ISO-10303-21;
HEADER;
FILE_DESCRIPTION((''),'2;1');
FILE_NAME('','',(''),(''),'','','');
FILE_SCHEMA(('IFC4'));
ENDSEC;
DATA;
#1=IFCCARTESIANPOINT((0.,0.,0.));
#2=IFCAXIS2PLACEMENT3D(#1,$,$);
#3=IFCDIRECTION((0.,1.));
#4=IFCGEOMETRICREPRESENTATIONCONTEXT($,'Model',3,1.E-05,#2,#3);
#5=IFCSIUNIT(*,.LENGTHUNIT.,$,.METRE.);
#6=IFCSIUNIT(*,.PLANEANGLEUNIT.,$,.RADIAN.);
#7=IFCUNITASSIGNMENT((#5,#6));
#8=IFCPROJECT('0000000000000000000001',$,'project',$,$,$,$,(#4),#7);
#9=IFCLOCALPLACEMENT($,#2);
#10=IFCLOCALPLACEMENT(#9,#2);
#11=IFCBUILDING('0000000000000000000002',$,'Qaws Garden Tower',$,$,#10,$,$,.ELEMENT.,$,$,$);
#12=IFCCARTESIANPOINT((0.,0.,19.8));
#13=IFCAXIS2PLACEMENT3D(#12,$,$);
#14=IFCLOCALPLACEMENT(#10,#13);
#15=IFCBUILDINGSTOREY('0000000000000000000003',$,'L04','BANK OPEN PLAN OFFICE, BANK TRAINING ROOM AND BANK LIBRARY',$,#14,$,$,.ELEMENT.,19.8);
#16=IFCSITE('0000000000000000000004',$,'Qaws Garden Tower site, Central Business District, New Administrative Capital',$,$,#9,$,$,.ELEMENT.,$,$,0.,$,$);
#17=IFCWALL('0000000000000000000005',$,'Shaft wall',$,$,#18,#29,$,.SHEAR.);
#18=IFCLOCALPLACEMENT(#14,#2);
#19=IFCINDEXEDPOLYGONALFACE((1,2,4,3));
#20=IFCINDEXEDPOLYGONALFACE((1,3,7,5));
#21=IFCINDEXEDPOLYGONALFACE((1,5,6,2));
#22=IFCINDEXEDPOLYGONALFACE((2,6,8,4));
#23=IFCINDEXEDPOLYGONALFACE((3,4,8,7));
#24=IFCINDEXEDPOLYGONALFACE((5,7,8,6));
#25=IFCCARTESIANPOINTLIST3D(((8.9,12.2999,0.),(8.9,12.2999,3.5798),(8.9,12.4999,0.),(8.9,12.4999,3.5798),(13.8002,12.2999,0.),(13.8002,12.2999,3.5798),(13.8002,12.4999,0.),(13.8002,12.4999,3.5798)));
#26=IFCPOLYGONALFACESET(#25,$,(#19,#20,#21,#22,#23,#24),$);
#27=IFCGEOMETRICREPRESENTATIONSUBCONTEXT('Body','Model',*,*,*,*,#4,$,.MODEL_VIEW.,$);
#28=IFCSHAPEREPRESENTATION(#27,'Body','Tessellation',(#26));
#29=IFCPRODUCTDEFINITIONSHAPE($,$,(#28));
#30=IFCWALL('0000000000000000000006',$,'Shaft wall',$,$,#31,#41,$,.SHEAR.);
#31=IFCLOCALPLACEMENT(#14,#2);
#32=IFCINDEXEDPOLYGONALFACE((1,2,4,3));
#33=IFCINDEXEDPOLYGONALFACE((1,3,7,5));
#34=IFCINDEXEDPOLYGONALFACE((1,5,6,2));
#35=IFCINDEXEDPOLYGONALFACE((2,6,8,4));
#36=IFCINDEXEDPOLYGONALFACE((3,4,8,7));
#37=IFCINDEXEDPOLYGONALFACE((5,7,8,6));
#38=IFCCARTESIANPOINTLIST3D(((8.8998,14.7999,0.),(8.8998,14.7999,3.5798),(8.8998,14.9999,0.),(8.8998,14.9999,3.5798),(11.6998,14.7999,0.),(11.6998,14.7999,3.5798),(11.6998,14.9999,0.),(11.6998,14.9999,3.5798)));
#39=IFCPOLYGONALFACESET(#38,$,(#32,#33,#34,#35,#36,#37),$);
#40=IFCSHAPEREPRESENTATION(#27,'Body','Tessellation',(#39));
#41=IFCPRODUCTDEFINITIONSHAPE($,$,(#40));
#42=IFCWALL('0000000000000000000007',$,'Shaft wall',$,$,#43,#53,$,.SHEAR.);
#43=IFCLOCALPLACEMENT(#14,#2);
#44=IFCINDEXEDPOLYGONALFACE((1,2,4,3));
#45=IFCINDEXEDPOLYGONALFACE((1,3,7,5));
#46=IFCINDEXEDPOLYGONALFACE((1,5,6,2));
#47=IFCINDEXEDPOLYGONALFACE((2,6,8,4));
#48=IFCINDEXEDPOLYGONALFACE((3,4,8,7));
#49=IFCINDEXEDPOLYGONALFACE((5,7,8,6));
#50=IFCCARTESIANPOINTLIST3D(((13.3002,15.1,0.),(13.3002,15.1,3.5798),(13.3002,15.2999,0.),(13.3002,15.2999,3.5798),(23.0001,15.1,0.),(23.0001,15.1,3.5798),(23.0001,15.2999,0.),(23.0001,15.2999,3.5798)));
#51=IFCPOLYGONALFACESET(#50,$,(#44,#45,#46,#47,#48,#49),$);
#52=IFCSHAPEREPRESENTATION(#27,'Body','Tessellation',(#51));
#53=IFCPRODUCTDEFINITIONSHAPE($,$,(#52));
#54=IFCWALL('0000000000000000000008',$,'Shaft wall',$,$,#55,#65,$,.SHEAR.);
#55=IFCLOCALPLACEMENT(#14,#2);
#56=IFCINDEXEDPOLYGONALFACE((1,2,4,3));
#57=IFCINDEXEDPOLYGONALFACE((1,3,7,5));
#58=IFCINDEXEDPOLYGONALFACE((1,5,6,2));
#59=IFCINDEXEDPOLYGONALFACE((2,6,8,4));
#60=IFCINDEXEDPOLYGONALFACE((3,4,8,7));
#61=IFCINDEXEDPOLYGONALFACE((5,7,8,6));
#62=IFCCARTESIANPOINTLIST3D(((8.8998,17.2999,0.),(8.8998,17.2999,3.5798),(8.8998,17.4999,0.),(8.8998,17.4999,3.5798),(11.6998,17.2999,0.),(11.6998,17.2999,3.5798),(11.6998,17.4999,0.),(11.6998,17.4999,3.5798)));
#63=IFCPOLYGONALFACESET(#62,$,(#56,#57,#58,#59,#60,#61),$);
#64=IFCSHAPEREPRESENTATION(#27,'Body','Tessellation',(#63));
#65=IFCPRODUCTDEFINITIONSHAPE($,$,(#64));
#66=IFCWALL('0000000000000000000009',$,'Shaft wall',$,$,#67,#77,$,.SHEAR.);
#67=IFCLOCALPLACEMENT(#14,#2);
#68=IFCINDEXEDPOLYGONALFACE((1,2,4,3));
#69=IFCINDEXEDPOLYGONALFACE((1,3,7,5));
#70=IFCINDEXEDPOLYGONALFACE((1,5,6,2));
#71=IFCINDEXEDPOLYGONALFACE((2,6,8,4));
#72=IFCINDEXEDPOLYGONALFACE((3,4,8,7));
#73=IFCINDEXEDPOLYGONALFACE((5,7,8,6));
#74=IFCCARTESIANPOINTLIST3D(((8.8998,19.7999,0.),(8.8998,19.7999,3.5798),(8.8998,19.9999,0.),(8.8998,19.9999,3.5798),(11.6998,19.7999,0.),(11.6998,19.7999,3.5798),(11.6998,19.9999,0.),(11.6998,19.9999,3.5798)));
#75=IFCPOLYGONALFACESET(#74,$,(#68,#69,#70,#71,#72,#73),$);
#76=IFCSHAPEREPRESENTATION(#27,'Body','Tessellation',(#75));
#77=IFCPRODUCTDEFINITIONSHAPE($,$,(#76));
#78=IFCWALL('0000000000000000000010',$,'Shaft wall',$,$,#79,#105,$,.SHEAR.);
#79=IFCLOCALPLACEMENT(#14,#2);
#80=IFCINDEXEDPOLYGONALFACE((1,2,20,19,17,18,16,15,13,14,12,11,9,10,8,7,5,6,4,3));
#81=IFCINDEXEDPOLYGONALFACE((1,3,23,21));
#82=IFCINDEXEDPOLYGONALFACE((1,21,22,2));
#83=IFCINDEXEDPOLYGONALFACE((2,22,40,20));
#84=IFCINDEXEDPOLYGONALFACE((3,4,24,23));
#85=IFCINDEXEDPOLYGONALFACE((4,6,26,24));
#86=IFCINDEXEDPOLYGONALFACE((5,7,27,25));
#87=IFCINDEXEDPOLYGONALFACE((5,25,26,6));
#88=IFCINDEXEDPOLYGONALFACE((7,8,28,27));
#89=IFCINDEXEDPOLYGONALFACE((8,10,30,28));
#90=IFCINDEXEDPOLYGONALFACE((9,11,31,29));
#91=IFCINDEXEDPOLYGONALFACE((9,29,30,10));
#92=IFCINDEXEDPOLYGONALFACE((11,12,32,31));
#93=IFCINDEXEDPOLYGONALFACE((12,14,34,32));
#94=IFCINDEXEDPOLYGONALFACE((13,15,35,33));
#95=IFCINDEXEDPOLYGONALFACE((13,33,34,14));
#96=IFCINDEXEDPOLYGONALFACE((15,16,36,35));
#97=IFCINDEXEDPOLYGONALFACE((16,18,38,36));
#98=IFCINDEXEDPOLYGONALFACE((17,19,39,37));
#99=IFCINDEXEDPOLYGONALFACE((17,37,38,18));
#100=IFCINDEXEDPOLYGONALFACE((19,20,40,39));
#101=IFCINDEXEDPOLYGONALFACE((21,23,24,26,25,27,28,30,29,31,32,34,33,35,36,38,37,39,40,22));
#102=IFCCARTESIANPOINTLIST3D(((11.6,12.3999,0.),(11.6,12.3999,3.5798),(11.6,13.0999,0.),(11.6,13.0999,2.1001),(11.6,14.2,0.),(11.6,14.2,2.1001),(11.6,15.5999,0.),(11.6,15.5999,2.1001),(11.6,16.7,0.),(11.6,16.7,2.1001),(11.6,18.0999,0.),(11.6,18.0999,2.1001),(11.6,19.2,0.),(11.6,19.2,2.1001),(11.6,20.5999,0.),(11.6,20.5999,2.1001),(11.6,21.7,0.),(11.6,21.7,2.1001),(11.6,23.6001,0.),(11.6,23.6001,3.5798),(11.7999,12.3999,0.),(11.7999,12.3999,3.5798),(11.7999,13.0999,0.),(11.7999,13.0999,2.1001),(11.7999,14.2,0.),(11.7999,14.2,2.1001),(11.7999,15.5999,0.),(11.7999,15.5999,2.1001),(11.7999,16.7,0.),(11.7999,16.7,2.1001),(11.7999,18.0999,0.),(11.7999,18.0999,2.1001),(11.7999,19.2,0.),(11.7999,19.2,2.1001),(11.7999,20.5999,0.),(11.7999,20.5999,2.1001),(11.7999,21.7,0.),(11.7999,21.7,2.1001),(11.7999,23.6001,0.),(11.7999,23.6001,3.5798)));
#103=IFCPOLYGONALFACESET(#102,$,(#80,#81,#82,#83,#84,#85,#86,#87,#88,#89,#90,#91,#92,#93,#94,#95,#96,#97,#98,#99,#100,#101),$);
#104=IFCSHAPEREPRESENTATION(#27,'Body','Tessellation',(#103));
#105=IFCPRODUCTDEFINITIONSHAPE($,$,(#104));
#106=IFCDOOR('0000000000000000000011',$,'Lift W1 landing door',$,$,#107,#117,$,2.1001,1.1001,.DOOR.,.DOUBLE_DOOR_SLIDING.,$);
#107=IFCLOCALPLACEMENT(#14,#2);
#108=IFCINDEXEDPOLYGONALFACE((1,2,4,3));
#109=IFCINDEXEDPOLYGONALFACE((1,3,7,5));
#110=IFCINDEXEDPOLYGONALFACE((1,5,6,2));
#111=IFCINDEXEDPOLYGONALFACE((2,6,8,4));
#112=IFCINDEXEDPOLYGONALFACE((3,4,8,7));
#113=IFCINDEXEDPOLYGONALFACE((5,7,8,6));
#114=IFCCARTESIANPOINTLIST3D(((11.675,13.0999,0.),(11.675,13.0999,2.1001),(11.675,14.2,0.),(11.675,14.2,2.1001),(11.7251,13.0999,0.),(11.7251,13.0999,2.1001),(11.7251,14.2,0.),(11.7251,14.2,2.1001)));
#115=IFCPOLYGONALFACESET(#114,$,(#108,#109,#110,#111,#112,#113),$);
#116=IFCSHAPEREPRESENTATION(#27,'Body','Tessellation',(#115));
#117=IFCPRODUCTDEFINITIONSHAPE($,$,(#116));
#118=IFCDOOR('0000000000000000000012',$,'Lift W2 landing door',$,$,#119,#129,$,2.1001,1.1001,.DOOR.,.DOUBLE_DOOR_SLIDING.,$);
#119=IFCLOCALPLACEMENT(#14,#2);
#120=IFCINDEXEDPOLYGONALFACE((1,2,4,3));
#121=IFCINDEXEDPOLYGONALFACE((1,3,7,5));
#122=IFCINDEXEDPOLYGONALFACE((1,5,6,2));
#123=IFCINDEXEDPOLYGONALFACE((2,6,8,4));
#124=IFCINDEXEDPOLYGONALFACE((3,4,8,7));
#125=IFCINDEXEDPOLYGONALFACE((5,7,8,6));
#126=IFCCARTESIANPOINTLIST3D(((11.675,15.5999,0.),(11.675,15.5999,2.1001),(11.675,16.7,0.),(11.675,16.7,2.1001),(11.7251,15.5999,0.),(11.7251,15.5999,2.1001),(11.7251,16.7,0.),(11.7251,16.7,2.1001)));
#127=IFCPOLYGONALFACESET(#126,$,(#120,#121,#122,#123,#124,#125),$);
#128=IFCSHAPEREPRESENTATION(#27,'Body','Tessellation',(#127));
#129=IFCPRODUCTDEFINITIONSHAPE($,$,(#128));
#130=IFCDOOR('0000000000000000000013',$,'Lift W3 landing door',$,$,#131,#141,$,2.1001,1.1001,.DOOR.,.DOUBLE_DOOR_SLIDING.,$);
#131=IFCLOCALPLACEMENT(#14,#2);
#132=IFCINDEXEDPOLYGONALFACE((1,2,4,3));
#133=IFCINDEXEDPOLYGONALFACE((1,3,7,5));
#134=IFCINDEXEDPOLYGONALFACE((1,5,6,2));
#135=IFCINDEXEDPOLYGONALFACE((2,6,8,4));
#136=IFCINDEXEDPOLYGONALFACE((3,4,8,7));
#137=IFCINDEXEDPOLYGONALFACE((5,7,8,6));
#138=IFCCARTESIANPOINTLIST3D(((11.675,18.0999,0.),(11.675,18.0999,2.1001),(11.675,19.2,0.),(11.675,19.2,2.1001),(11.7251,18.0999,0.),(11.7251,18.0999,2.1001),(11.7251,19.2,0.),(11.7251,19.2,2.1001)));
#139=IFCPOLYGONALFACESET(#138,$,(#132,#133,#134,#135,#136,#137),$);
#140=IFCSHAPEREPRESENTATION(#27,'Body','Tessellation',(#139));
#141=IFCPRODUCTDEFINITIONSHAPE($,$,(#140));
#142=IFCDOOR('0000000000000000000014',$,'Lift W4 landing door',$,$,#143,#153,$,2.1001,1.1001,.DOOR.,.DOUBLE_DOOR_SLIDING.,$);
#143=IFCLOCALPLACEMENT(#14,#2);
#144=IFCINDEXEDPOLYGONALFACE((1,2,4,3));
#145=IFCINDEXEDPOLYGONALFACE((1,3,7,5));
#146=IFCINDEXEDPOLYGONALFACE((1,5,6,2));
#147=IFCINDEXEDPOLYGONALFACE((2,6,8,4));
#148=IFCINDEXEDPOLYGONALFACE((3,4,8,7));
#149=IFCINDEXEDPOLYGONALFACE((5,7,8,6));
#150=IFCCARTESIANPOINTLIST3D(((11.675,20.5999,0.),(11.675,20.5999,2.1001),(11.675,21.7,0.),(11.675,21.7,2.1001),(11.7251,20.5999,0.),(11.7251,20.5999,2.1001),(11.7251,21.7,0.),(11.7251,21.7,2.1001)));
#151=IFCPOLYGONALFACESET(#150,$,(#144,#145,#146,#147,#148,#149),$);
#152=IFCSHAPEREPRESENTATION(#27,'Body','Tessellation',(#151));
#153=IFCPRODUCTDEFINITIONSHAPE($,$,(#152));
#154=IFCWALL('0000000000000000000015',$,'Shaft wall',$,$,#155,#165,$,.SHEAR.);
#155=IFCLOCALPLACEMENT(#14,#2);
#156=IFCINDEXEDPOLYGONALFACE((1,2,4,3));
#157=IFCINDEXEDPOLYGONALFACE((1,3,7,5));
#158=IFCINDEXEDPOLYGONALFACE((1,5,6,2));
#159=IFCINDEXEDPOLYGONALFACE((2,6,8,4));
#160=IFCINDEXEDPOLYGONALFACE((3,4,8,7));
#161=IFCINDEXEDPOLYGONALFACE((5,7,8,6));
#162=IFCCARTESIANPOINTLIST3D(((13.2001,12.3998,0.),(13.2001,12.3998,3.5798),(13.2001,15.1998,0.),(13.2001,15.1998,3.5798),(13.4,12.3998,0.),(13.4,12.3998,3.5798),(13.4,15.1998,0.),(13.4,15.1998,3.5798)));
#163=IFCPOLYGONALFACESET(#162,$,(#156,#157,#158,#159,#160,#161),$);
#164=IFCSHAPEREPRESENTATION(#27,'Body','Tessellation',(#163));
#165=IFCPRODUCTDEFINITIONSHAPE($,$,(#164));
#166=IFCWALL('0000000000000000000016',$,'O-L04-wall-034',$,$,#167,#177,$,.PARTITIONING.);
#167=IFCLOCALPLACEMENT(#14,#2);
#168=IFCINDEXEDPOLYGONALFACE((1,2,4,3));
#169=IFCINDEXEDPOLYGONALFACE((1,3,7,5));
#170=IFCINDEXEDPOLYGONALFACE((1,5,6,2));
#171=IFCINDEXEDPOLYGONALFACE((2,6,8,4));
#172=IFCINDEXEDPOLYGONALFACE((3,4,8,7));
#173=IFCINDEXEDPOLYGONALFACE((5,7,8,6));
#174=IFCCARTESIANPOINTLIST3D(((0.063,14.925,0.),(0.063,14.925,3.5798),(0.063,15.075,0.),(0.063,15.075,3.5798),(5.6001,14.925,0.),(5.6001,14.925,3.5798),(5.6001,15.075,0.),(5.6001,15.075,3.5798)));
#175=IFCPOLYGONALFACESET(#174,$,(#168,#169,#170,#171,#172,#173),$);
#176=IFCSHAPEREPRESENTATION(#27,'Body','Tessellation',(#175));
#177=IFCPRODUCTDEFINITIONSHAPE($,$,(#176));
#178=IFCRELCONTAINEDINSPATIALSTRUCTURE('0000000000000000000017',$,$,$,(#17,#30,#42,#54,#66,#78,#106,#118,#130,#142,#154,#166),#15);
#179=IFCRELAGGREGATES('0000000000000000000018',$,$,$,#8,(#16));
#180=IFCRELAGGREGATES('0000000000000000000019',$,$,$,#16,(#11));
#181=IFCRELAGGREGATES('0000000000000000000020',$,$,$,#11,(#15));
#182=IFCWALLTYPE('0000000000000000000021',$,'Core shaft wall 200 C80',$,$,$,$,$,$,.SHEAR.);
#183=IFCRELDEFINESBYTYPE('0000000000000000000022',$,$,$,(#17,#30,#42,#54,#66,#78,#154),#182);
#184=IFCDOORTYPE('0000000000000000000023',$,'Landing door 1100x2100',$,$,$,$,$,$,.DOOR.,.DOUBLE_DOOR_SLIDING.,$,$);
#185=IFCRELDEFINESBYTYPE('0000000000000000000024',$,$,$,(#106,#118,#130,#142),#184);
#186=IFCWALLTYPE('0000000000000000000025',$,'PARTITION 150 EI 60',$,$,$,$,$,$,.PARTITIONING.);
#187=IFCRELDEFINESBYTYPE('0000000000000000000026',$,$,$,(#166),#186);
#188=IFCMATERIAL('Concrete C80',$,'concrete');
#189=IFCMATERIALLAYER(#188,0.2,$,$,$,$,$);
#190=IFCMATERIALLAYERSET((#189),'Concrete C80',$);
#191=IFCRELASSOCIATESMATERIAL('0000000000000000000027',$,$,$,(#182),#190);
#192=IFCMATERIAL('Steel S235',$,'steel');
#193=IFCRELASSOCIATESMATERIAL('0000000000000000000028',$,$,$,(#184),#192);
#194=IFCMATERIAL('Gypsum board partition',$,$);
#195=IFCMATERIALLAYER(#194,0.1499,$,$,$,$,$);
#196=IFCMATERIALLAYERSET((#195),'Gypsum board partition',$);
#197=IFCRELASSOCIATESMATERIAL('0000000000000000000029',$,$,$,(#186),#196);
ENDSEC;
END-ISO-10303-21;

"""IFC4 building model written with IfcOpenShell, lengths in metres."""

from ifc_helpers import new_model, si_unit, direction, frame, frame_2d, origin, place, context, subcontext, project, spatial, rectangle, extrude, material, layer, layer_set, type_object, element, fill, save


model = new_model("IFC4")

# Units and contexts
model_context = context("Model", 3, precision=1e-05, world=origin(), true_north=direction((0.0, 1.0)))
body_context = subcontext(model_context, "Body", "Model", "MODEL_VIEW")
ifc_project = project(units=[si_unit("LENGTHUNIT", "METRE"), si_unit("PLANEANGLEUNIT", "RADIAN")], contexts=[model_context])

# Site, building, storey
site_placement = place(None, origin())
site = spatial("IfcSite", under=ifc_project, at=site_placement, Name="Qaws Garden Tower site, Central Business District, New Administrative Capital", CompositionType="ELEMENT", RefElevation=0.0)
building_placement = place(site_placement, origin())
building = spatial("IfcBuilding", under=site, at=building_placement, Name="Qaws Garden Tower", CompositionType="ELEMENT")
storey_placement = place(building_placement, frame((0.0, 0.0, 19.8)))
storey = spatial("IfcBuildingStorey", under=building, at=storey_placement, Name="L04", Description="BANK OPEN PLAN OFFICE, BANK TRAINING ROOM AND BANK LIBRARY", CompositionType="ELEMENT", Elevation=19.8)

# Walls
ifc_material_1 = material(Name="Concrete C80", Category="concrete")
ifc_layer_1 = layer(ifc_material_1, 0.2)
ifc_layer_set_1 = layer_set([ifc_layer_1], Name="Concrete C80")
wall_type_1 = type_object("IfcWallType", Name="Core shaft wall 200 C80", PredefinedType="SHEAR", material=ifc_layer_set_1)
wall_1_placement = place(storey_placement, frame((8.8999, 12.3999, 0.0), z_axis=(0.0, 0.0, 1.0), x_axis=(1.0, 0.0, 0.0)))
element("IfcWall", 1, at=wall_1_placement, inside=storey, type_object=wall_type_1, Name="Shaft wall", PredefinedType="SHEAR", context=body_context, shape_type="SweptSolid", body=[
    extrude(rectangle(XDim=4.9001, YDim=0.2, at=frame_2d((2.4502, 0.0))), origin(), (0.0, 0.0, 1.0), 3.5798),
])
wall_2_placement = place(storey_placement, frame((8.8999, 14.8999, 0.0), z_axis=(0.0, 0.0, 1.0), x_axis=(1.0, 0.0, 0.0)))
element("IfcWall", 2, at=wall_2_placement, inside=storey, type_object=wall_type_1, Name="Shaft wall", PredefinedType="SHEAR", context=body_context, shape_type="SweptSolid", body=[
    extrude(rectangle(XDim=2.8, YDim=0.2, at=frame_2d((1.3999, 0.0))), origin(), (0.0, 0.0, 1.0), 3.5798),
])
wall_3_placement = place(storey_placement, frame((13.3, 15.2, 0.0), z_axis=(0.0, 0.0, 1.0), x_axis=(1.0, 0.0, 0.0)))
element("IfcWall", 3, at=wall_3_placement, inside=storey, type_object=wall_type_1, Name="Shaft wall", PredefinedType="SHEAR", context=body_context, shape_type="SweptSolid", body=[
    extrude(rectangle(XDim=9.7, YDim=0.2, at=frame_2d((4.8501, 0.0))), origin(), (0.0, 0.0, 1.0), 3.5798),
])
for number, where, z_axis, x_axis, name in (
    (4, (8.8999, 17.3999, 0.0), (0.0, 0.0, 1.0), (1.0, 0.0, 0.0), "Shaft wall"),
    (5, (8.8999, 19.8999, 0.0), (0.0, 0.0, 1.0), (1.0, 0.0, 0.0), "Shaft wall"),
):
    element("IfcWall", number, at=place(storey_placement, frame(where, z_axis=z_axis, x_axis=x_axis)), inside=storey, type_object=wall_type_1, Name=name, PredefinedType="SHEAR", context=body_context, shape_type="SweptSolid", body=[
        extrude(rectangle(XDim=2.8, YDim=0.2, at=frame_2d((1.3999, 0.0))), origin(), (0.0, 0.0, 1.0), 3.5798),
    ])

# Wall, openings, doors
wall_4_placement = place(storey_placement, frame((11.7, 12.3999, 0.0), z_axis=(0.0, 0.0, 1.0), x_axis=(0.0, 1.0, 0.0)))
wall_4 = element("IfcWall", 6, at=wall_4_placement, inside=storey, type_object=wall_type_1, Name="Shaft wall", PredefinedType="SHEAR", context=body_context, shape_type="SweptSolid", body=[
    extrude(rectangle(XDim=11.2002, YDim=0.2, at=frame_2d((5.6001, 0.0))), origin(), (0.0, 0.0, 1.0), 3.5798),
])
opening_1_placement = place(wall_4_placement, frame((0.7, 0.0, 0.0)))
opening_1 = element("IfcOpeningElement", 7, at=opening_1_placement, cuts=wall_4, PredefinedType="OPENING", context=body_context, shape_type="SweptSolid", body=[
    extrude(rectangle(XDim=1.1001, YDim=2.1001, at=frame_2d((0.55, 1.05))), frame((0.0, 0.1099, 0.0), z_axis=(0.0, -1.0, 0.0), x_axis=(1.0, 0.0, 0.0)), (0.0, 0.0, 1.0), 0.22),
])
opening_2_placement = place(wall_4_placement, frame((3.2, 0.0, 0.0)))
opening_2 = element("IfcOpeningElement", 8, at=opening_2_placement, cuts=wall_4, PredefinedType="OPENING", context=body_context, shape_type="SweptSolid", body=[
    extrude(rectangle(XDim=1.1001, YDim=2.1001, at=frame_2d((0.55, 1.05))), frame((0.0, 0.1099, 0.0), z_axis=(0.0, -1.0, 0.0), x_axis=(1.0, 0.0, 0.0)), (0.0, 0.0, 1.0), 0.22),
])
opening_3_placement = place(wall_4_placement, frame((5.7, 0.0, 0.0)))
opening_3 = element("IfcOpeningElement", 9, at=opening_3_placement, cuts=wall_4, PredefinedType="OPENING", context=body_context, shape_type="SweptSolid", body=[
    extrude(rectangle(XDim=1.1001, YDim=2.1001, at=frame_2d((0.55, 1.05))), frame((0.0, 0.1099, 0.0), z_axis=(0.0, -1.0, 0.0), x_axis=(1.0, 0.0, 0.0)), (0.0, 0.0, 1.0), 0.22),
])
opening_4_placement = place(wall_4_placement, frame((8.2, 0.0, 0.0)))
opening_4 = element("IfcOpeningElement", 10, at=opening_4_placement, cuts=wall_4, PredefinedType="OPENING", context=body_context, shape_type="SweptSolid", body=[
    extrude(rectangle(XDim=1.1001, YDim=2.1001, at=frame_2d((0.55, 1.05))), frame((0.0, 0.1099, 0.0), z_axis=(0.0, -1.0, 0.0), x_axis=(1.0, 0.0, 0.0)), (0.0, 0.0, 1.0), 0.22),
])
ifc_material_2 = material(Name="Steel S235", Category="steel")
door_type = type_object("IfcDoorType", Name="Landing door 1100x2100", OperationType="DOUBLE_DOOR_SLIDING", PredefinedType="DOOR", material=ifc_material_2)
door_1_placement = place(opening_1_placement, origin())
door_1 = element("IfcDoor", 11, at=door_1_placement, inside=storey, type_object=door_type, Name="Lift W1 landing door", OperationType="DOUBLE_DOOR_SLIDING", OverallHeight=2.1001, OverallWidth=1.1001, PredefinedType="DOOR", context=body_context, shape_type="SweptSolid", body=[
    extrude(rectangle(XDim=1.1001, YDim=2.1001, at=frame_2d((0.55, 1.05))), frame((0.0, 0.0249, 0.0), z_axis=(0.0, -1.0, 0.0), x_axis=(1.0, 0.0, 0.0)), (0.0, 0.0, 1.0), 0.05),
])
fill(opening_1, door_1)
door_2_placement = place(opening_2_placement, origin())
door_2 = element("IfcDoor", 12, at=door_2_placement, inside=storey, type_object=door_type, Name="Lift W2 landing door", OperationType="DOUBLE_DOOR_SLIDING", OverallHeight=2.1001, OverallWidth=1.1001, PredefinedType="DOOR", context=body_context, shape_type="SweptSolid", body=[
    extrude(rectangle(XDim=1.1001, YDim=2.1001, at=frame_2d((0.55, 1.05))), frame((0.0, 0.0249, 0.0), z_axis=(0.0, -1.0, 0.0), x_axis=(1.0, 0.0, 0.0)), (0.0, 0.0, 1.0), 0.05),
])
fill(opening_2, door_2)
door_3_placement = place(opening_3_placement, origin())
door_3 = element("IfcDoor", 13, at=door_3_placement, inside=storey, type_object=door_type, Name="Lift W3 landing door", OperationType="DOUBLE_DOOR_SLIDING", OverallHeight=2.1001, OverallWidth=1.1001, PredefinedType="DOOR", context=body_context, shape_type="SweptSolid", body=[
    extrude(rectangle(XDim=1.1001, YDim=2.1001, at=frame_2d((0.55, 1.05))), frame((0.0, 0.0249, 0.0), z_axis=(0.0, -1.0, 0.0), x_axis=(1.0, 0.0, 0.0)), (0.0, 0.0, 1.0), 0.05),
])
fill(opening_3, door_3)
door_4_placement = place(opening_4_placement, origin())
door_4 = element("IfcDoor", 14, at=door_4_placement, inside=storey, type_object=door_type, Name="Lift W4 landing door", OperationType="DOUBLE_DOOR_SLIDING", OverallHeight=2.1001, OverallWidth=1.1001, PredefinedType="DOOR", context=body_context, shape_type="SweptSolid", body=[
    extrude(rectangle(XDim=1.1001, YDim=2.1001, at=frame_2d((0.55, 1.05))), frame((0.0, 0.0249, 0.0), z_axis=(0.0, -1.0, 0.0), x_axis=(1.0, 0.0, 0.0)), (0.0, 0.0, 1.0), 0.05),
])
fill(opening_4, door_4)

# Walls
wall_5_placement = place(storey_placement, frame((13.3, 12.3999, 0.0), z_axis=(0.0, 0.0, 1.0), x_axis=(0.0, 1.0, 0.0)))
element("IfcWall", 15, at=wall_5_placement, inside=storey, type_object=wall_type_1, Name="Shaft wall", PredefinedType="SHEAR", context=body_context, shape_type="SweptSolid", body=[
    extrude(rectangle(XDim=2.8, YDim=0.2, at=frame_2d((1.3999, 0.0))), origin(), (0.0, 0.0, 1.0), 3.5798),
])
ifc_material_3 = material(Name="Gypsum board partition")
ifc_layer_2 = layer(ifc_material_3, 0.1499)
ifc_layer_set_2 = layer_set([ifc_layer_2], Name="Gypsum board partition")
wall_type_2 = type_object("IfcWallType", Name="PARTITION 150 EI 60", PredefinedType="PARTITIONING", material=ifc_layer_set_2)
wall_6_placement = place(storey_placement, frame((0.063, 15.0, 0.0), z_axis=(0.0, 0.0, 1.0), x_axis=(1.0, 0.0, 0.0)))
element("IfcWall", 16, at=wall_6_placement, inside=storey, type_object=wall_type_2, Name="O-L04-wall-034", PredefinedType="PARTITIONING", context=body_context, shape_type="SweptSolid", body=[
    extrude(rectangle(XDim=5.5371, YDim=0.1499, at=frame_2d((2.7686, 0.0))), origin(), (0.0, 0.0, 1.0), 3.5798),
])

save(model, "model.ifc")
